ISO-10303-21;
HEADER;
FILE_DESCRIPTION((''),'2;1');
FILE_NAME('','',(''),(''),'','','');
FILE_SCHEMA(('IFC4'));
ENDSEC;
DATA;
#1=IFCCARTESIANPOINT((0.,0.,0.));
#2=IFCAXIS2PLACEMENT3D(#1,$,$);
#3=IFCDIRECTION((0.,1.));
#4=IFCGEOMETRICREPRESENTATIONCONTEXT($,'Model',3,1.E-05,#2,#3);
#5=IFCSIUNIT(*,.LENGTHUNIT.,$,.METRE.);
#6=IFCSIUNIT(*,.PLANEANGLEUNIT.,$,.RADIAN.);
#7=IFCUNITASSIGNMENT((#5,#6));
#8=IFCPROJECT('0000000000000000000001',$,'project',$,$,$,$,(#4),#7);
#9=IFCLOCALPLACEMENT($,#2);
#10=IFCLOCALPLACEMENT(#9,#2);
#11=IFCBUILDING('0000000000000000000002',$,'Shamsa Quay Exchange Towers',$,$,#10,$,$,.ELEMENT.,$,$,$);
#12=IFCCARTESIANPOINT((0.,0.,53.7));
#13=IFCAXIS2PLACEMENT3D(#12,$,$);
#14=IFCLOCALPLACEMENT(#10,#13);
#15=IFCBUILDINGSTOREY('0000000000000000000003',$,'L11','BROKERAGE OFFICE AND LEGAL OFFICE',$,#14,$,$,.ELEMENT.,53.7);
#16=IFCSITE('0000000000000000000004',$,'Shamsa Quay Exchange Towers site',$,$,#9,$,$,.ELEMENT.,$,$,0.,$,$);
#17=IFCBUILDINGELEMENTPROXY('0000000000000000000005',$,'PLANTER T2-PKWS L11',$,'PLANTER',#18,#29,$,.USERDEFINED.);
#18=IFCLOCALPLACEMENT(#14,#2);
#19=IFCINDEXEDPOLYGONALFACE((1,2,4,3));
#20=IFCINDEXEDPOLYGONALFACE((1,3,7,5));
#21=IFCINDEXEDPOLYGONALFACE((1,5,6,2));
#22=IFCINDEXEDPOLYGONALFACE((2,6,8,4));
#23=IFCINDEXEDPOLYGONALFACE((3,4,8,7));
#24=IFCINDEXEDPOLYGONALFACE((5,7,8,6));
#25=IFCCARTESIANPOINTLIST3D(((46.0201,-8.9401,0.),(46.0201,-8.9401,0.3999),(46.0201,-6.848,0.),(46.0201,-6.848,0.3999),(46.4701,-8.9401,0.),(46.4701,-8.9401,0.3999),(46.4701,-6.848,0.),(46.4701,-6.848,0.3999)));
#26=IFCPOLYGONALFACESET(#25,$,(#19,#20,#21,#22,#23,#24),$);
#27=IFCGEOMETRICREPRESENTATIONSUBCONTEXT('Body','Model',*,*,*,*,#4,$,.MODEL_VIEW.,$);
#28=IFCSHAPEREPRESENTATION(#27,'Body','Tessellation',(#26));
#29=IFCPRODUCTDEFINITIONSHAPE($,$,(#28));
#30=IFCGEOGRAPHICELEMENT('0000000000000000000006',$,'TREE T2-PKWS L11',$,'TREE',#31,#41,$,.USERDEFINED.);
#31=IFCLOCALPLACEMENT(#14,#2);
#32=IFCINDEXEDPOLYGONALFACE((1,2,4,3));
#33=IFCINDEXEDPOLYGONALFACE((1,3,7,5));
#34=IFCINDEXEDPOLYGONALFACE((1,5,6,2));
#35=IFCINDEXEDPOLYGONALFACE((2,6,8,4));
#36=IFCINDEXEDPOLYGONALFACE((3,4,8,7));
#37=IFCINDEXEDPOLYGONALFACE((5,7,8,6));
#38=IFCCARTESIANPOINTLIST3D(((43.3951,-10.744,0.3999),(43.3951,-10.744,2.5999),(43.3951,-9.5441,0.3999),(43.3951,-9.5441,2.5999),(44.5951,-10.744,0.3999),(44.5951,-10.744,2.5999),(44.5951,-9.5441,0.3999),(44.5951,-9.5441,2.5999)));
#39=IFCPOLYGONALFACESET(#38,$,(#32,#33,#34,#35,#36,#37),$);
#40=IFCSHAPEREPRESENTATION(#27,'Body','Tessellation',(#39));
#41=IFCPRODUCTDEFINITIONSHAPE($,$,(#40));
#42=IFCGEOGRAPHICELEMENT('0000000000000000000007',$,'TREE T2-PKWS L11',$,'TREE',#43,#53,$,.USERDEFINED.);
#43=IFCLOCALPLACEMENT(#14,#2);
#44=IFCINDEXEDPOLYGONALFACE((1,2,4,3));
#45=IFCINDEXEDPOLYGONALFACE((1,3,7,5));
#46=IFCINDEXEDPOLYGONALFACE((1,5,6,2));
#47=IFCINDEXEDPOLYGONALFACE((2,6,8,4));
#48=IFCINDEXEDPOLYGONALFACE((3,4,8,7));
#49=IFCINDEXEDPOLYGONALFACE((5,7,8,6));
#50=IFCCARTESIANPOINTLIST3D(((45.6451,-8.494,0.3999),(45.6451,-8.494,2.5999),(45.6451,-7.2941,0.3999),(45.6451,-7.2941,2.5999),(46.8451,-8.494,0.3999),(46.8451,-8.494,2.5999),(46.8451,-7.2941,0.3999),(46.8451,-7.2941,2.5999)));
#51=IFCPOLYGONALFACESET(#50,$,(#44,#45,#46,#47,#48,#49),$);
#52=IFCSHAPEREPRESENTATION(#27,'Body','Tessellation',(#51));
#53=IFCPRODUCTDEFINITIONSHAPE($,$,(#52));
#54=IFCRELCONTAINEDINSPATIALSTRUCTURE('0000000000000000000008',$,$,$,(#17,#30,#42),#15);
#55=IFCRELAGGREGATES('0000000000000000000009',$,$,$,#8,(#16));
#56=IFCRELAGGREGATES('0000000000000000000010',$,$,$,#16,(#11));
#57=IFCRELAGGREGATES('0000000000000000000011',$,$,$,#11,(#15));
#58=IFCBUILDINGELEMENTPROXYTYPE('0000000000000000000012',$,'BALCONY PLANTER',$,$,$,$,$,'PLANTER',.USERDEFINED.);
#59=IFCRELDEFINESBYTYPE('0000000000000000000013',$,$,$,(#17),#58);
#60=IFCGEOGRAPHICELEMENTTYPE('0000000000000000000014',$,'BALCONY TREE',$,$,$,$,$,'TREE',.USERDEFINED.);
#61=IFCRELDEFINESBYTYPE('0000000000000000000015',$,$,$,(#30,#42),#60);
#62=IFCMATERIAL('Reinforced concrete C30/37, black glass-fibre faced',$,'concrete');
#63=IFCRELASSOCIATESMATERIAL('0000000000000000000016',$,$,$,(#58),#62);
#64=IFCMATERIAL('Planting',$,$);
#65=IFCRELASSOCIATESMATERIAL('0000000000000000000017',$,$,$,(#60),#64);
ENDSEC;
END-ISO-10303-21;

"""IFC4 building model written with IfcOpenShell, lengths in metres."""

from ifc_helpers import new_model, si_unit, direction, frame, origin, origin_2d, place, context, subcontext, project, spatial, rectangle, extrude, material, type_object, element, save


model = new_model("IFC4")

# Units and contexts
model_context = context("Model", 3, precision=1e-05, world=origin(), true_north=direction((0.0, 1.0)))
body_context = subcontext(model_context, "Body", "Model", "MODEL_VIEW")
ifc_project = project(units=[si_unit("LENGTHUNIT", "METRE"), si_unit("PLANEANGLEUNIT", "RADIAN")], contexts=[model_context])

# Site, building, storey
site_placement = place(None, origin())
site = spatial("IfcSite", under=ifc_project, at=site_placement, Name="Shamsa Quay Exchange Towers site", CompositionType="ELEMENT", RefElevation=0.0)
building_placement = place(site_placement, origin())
building = spatial("IfcBuilding", under=site, at=building_placement, Name="Shamsa Quay Exchange Towers", CompositionType="ELEMENT")
storey_placement = place(building_placement, frame((0.0, 0.0, 53.7)))
storey = spatial("IfcBuildingStorey", under=building, at=storey_placement, Name="L11", Description="BROKERAGE OFFICE AND LEGAL OFFICE", CompositionType="ELEMENT", Elevation=53.7)

# Building element proxy
ifc_material_1 = material(Name="Reinforced concrete C30/37, black glass-fibre faced", Category="concrete")
building_element_proxy_type = type_object("IfcBuildingElementProxyType", Name="BALCONY PLANTER", ElementType="PLANTER", PredefinedType="USERDEFINED", material=ifc_material_1)
for number, where, z_axis, x_axis, name in (
    (1, (46.2451, -7.894, 0.0), (0.0, 0.0, 1.0), (0.0, 1.0, 0.0), "PLANTER T2-PKWS L11"),
):
    element("IfcBuildingElementProxy", number, at=place(storey_placement, frame(where, z_axis=z_axis, x_axis=x_axis)), inside=storey, type_object=building_element_proxy_type, Name=name, ObjectType="PLANTER", PredefinedType="USERDEFINED", context=body_context, shape_type="SweptSolid", body=[
        extrude(rectangle(XDim=2.092, YDim=0.45, at=origin_2d()), origin(), (0.0, 0.0, 1.0), 0.3999),
    ])

# Geographic elements
ifc_material_2 = material(Name="Planting")
geographic_element_type = type_object("IfcGeographicElementType", Name="BALCONY TREE", ElementType="TREE", PredefinedType="USERDEFINED", material=ifc_material_2)
for number, where, z_axis, x_axis, name in (
    (2, (43.9951, -10.144, 0.3999), (0.0, 0.0, 1.0), (0.0, 1.0, 0.0), "TREE T2-PKWS L11"),
    (3, (46.2451, -7.894, 0.3999), (0.0, 0.0, 1.0), (0.0, 1.0, 0.0), "TREE T2-PKWS L11"),
):
    element("IfcGeographicElement", number, at=place(storey_placement, frame(where, z_axis=z_axis, x_axis=x_axis)), inside=storey, type_object=geographic_element_type, Name=name, ObjectType="TREE", PredefinedType="USERDEFINED", context=body_context, shape_type="SweptSolid", body=[
        extrude(rectangle(XDim=1.2, YDim=1.2, at=origin_2d()), origin(), (0.0, 0.0, 1.0), 2.2),
    ])

save(model, "model.ifc")
